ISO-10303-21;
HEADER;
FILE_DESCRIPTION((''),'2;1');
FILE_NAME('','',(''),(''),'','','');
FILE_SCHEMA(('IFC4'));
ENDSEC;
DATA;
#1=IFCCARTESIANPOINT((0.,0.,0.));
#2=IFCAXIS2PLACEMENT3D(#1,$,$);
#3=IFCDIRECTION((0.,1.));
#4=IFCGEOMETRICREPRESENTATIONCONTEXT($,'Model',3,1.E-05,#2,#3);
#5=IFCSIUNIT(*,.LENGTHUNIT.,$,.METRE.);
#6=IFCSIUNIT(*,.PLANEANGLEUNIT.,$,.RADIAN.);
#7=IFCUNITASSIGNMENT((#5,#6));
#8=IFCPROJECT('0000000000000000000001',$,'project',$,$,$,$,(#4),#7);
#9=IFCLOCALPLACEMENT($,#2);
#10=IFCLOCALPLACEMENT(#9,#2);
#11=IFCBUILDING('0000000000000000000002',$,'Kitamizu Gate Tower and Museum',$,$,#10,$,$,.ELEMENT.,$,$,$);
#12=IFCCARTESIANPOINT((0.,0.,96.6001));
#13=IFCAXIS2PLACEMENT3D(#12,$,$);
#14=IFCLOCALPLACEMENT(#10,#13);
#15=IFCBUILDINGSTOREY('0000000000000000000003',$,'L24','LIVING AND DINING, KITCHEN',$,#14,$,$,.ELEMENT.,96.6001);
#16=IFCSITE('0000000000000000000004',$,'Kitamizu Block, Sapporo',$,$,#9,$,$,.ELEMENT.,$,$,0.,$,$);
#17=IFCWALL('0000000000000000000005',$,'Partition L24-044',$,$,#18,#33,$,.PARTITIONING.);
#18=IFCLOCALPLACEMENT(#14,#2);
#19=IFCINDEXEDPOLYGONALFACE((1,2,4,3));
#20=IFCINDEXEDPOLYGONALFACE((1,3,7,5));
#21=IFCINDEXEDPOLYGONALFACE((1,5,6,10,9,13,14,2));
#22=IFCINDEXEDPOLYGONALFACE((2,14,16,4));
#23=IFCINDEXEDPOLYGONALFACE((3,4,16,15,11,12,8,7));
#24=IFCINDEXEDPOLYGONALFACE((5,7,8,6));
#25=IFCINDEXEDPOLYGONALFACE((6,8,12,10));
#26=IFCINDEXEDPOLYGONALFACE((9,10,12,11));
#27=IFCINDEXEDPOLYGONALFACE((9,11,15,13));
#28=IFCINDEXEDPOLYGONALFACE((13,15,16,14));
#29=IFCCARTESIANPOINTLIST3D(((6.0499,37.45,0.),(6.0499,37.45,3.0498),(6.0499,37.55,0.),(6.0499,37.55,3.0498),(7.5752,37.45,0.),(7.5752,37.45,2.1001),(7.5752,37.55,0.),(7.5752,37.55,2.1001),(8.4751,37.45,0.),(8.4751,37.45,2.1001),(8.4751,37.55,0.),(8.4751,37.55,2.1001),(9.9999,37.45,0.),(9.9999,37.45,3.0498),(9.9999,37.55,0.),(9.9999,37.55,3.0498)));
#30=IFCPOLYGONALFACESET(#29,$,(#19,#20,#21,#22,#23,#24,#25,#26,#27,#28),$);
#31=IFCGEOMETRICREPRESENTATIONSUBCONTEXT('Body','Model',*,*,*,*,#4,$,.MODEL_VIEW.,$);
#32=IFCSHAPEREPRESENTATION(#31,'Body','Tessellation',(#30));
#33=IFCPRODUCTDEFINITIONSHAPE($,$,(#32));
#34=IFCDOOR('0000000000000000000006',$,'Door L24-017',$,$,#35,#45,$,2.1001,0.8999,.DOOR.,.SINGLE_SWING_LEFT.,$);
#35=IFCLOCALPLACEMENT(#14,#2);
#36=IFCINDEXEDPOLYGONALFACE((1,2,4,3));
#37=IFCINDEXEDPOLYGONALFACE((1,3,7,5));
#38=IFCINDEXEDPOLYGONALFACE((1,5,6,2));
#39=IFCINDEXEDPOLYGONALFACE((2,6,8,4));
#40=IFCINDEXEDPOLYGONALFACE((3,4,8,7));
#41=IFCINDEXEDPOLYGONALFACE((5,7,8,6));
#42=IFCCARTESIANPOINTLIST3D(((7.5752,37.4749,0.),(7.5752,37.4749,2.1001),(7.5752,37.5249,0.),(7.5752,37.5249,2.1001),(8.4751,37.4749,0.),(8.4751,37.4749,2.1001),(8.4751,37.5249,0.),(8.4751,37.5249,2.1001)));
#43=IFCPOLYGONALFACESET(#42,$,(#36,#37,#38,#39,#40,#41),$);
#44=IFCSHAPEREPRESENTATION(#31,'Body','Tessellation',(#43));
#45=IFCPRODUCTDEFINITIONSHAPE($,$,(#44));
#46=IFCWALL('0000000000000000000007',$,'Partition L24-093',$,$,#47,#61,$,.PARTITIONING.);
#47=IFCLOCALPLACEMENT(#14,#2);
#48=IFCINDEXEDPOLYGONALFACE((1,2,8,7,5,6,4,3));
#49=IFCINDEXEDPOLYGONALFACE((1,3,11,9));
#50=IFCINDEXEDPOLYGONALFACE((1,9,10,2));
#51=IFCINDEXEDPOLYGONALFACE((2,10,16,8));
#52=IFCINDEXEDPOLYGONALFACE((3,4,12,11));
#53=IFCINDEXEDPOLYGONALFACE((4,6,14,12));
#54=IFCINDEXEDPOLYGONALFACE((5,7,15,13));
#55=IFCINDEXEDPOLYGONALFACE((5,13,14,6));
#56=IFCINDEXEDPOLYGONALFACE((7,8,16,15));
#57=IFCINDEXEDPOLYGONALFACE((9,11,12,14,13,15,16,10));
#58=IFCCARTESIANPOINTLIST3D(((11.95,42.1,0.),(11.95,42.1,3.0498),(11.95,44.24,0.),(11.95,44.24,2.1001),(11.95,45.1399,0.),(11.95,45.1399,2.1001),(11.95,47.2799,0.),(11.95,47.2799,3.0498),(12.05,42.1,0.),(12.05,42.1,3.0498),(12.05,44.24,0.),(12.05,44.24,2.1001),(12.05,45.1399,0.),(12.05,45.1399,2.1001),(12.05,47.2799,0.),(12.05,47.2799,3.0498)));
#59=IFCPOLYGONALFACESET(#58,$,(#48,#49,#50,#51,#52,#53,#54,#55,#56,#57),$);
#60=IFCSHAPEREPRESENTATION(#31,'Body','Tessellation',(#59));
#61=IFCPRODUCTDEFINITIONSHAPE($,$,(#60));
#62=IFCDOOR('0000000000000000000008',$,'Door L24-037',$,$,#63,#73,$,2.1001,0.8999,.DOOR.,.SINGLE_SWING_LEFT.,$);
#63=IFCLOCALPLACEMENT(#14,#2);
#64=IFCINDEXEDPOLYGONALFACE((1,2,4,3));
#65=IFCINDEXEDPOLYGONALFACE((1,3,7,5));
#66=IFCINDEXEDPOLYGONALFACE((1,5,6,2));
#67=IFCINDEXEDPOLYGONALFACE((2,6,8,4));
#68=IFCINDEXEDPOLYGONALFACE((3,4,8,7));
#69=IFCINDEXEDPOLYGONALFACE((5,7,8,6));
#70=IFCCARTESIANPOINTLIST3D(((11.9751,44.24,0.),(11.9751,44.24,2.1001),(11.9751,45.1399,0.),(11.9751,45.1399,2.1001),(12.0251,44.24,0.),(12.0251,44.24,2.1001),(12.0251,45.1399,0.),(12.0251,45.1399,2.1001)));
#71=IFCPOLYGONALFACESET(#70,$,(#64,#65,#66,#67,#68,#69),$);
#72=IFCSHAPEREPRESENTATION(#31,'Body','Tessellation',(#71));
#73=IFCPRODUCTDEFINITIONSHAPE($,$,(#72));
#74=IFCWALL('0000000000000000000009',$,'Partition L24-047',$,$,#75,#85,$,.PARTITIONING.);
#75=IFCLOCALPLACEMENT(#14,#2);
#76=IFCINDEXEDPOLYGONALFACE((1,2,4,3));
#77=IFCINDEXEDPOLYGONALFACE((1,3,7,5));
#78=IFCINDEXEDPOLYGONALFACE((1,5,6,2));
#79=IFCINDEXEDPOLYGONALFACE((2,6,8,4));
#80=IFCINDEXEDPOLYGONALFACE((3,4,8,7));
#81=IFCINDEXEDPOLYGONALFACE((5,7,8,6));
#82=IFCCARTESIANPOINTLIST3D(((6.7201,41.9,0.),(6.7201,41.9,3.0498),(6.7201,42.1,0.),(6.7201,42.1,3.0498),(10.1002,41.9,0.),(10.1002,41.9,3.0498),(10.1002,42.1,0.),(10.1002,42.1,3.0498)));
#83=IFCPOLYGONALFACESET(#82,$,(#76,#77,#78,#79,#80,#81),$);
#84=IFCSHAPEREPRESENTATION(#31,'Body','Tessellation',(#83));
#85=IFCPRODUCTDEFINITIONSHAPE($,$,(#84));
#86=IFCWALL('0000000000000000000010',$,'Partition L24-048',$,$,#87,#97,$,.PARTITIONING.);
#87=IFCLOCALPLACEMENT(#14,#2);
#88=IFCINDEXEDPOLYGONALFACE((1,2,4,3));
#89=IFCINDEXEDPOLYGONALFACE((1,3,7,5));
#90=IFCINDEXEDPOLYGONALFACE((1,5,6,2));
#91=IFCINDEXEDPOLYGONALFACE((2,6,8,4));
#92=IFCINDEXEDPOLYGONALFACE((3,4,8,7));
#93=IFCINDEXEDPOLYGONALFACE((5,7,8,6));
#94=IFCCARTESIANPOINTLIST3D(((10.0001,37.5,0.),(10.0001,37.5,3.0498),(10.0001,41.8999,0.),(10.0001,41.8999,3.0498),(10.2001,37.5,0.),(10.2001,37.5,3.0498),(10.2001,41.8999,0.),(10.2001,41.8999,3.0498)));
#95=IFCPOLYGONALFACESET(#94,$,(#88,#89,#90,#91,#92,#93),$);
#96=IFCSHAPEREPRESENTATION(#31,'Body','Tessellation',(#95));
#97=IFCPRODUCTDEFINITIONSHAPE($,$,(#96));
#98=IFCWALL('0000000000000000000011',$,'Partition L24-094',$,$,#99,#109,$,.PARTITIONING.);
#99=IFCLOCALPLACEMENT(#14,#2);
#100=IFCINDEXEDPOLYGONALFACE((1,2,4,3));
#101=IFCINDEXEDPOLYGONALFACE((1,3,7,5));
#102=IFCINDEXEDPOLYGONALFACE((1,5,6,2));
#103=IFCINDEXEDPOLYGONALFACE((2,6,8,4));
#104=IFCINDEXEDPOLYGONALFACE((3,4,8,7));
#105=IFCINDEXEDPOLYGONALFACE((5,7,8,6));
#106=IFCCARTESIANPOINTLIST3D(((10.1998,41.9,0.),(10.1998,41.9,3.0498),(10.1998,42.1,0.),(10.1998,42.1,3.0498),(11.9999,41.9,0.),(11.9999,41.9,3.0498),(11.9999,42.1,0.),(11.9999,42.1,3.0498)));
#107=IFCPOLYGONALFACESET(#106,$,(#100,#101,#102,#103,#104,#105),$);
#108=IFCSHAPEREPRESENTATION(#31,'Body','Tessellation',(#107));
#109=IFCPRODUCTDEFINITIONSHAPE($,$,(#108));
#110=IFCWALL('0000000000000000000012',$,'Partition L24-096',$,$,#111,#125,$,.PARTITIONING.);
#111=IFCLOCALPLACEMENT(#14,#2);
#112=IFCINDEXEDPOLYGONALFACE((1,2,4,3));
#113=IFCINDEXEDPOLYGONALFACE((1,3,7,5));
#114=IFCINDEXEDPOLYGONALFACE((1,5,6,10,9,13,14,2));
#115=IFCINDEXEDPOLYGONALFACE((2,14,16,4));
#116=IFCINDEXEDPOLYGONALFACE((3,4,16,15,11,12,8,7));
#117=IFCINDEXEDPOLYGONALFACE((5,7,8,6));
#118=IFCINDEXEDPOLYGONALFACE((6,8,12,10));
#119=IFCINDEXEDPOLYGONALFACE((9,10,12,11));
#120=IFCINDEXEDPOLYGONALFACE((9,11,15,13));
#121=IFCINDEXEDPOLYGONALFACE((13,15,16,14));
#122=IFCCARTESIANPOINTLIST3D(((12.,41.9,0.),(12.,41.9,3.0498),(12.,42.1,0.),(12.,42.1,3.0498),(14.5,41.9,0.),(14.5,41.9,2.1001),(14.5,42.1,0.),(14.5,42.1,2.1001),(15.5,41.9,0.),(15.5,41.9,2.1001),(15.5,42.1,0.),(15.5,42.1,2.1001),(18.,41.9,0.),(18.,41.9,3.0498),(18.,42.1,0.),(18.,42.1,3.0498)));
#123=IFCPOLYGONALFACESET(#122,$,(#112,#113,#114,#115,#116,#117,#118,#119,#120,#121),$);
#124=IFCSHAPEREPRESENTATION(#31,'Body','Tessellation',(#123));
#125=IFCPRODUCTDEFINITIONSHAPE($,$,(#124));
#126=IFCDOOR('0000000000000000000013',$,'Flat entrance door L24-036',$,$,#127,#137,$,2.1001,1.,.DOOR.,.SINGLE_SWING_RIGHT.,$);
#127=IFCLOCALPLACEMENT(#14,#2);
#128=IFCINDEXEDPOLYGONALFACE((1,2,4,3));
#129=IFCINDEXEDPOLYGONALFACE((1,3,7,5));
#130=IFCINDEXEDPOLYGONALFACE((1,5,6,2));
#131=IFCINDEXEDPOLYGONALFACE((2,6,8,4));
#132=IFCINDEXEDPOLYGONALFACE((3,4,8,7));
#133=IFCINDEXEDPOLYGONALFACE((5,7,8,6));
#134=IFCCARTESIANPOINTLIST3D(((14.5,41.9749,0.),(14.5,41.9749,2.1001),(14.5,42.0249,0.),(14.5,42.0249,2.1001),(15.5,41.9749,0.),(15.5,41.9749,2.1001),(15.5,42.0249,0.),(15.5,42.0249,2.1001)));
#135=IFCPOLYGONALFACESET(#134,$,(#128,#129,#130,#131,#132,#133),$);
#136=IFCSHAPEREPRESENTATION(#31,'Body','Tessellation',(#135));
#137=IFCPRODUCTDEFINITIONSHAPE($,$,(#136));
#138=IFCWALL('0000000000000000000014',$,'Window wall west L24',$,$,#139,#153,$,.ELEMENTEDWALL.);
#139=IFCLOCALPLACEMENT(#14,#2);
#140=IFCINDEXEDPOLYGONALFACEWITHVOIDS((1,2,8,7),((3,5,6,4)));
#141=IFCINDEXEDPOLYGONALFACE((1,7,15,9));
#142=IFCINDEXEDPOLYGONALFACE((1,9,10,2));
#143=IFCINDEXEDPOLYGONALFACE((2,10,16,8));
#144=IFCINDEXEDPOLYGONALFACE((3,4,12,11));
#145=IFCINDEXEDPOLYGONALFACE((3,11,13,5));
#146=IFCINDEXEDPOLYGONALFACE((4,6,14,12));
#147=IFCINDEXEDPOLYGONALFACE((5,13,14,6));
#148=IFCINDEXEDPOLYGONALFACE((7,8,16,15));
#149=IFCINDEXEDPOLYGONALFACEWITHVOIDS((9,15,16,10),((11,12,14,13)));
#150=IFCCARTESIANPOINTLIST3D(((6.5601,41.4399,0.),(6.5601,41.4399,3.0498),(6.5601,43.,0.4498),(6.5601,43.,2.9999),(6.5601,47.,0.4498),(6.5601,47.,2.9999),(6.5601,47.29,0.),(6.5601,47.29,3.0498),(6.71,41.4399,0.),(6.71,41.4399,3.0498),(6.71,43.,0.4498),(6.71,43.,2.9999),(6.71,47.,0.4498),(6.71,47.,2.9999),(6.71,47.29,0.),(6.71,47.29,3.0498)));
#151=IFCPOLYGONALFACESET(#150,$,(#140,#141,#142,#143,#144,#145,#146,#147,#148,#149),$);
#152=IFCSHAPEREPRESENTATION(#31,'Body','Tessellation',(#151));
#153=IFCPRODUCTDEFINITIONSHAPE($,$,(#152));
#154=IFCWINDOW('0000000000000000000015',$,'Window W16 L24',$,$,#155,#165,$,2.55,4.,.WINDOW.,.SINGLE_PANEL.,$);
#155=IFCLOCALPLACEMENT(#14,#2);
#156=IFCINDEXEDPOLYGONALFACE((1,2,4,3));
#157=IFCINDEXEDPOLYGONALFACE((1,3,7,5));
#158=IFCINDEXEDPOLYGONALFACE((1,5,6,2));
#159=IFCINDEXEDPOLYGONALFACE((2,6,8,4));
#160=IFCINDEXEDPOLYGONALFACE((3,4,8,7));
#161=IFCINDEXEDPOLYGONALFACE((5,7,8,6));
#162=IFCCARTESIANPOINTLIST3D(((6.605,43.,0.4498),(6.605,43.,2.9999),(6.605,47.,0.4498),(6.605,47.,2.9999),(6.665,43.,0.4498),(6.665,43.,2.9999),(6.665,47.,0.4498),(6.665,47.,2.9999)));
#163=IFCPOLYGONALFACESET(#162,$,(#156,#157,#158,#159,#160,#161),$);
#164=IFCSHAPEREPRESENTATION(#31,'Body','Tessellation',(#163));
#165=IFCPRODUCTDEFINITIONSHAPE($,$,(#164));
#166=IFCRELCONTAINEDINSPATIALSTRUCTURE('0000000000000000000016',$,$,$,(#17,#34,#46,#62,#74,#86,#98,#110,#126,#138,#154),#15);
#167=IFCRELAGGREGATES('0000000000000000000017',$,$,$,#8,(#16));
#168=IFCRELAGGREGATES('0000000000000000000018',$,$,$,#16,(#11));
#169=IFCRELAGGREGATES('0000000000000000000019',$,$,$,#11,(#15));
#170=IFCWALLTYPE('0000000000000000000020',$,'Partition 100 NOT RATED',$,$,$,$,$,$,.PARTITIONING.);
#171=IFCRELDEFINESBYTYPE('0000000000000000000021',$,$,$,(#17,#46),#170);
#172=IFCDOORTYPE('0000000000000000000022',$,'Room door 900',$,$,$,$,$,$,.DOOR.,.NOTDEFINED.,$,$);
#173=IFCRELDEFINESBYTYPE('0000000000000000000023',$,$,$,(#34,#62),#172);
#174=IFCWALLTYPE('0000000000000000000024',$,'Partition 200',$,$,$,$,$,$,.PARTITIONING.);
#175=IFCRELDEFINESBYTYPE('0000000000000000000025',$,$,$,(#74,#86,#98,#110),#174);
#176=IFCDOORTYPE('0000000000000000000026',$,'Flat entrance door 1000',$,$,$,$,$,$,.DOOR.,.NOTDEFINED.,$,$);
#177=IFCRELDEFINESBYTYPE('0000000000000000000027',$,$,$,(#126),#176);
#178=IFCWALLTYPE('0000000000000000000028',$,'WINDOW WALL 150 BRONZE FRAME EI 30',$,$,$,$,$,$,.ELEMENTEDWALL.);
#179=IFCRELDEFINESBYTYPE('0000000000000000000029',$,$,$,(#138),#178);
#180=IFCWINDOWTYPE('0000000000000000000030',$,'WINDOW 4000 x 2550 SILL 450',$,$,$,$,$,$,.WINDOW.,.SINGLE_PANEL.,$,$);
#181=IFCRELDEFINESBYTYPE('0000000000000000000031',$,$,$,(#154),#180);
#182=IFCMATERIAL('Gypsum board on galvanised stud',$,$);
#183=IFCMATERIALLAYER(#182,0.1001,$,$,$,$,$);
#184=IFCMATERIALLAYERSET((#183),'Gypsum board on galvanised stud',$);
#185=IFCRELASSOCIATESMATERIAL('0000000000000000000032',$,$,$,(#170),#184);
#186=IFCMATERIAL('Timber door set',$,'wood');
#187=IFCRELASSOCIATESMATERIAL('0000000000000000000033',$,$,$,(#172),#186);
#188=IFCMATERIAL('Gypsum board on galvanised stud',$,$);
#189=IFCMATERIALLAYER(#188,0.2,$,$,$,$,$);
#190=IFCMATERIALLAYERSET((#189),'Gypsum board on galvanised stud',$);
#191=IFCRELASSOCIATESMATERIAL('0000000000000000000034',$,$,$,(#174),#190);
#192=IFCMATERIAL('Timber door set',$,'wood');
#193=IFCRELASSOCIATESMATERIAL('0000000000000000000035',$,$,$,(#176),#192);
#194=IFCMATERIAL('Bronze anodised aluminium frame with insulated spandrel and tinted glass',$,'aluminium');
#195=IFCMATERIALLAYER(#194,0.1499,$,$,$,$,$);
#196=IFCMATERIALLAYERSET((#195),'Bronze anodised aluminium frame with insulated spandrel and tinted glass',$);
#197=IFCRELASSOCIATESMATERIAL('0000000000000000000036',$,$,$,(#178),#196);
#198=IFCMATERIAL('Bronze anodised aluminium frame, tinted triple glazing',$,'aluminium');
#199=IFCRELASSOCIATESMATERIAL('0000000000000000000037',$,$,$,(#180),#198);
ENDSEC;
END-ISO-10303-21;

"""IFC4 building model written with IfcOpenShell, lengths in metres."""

from ifc_helpers import new_model, si_unit, direction, frame, frame_2d, origin, place, context, subcontext, project, spatial, rectangle, extrude, material, layer, layer_set, type_object, element, fill, save


model = new_model("IFC4")

# Units and contexts
model_context = context("Model", 3, precision=1e-05, world=origin(), true_north=direction((0.0, 1.0)))
body_context = subcontext(model_context, "Body", "Model", "MODEL_VIEW")
ifc_project = project(units=[si_unit("LENGTHUNIT", "METRE"), si_unit("PLANEANGLEUNIT", "RADIAN")], contexts=[model_context])

# Site, building, storey
site_placement = place(None, origin())
site = spatial("IfcSite", under=ifc_project, at=site_placement, Name="Kitamizu Block, Sapporo", CompositionType="ELEMENT", RefElevation=0.0)
building_placement = place(site_placement, origin())
building = spatial("IfcBuilding", under=site, at=building_placement, Name="Kitamizu Gate Tower and Museum", CompositionType="ELEMENT")
storey_placement = place(building_placement, frame((0.0, 0.0, 96.6001)))
storey = spatial("IfcBuildingStorey", under=building, at=storey_placement, Name="L24", Description="LIVING AND DINING, KITCHEN", CompositionType="ELEMENT", Elevation=96.6001)

# Walls, openings, doors
ifc_material_1 = material(Name="Gypsum board on galvanised stud")
ifc_layer_1 = layer(ifc_material_1, 0.1001)
ifc_layer_set_1 = layer_set([ifc_layer_1], Name="Gypsum board on galvanised stud")
wall_type_1 = type_object("IfcWallType", Name="Partition 100 NOT RATED", PredefinedType="PARTITIONING", material=ifc_layer_set_1)
wall_1_placement = place(storey_placement, frame((10.0, 37.5, 0.0), z_axis=(0.0, 0.0, 1.0), x_axis=(-1.0, 0.0, 0.0)))
wall_1 = element("IfcWall", 1, at=wall_1_placement, inside=storey, type_object=wall_type_1, Name="Partition L24-044", PredefinedType="PARTITIONING", context=body_context, shape_type="SweptSolid", body=[
    extrude(rectangle(XDim=3.95, YDim=0.1001, at=frame_2d((1.9751, 0.0))), origin(), (0.0, 0.0, 1.0), 3.0498),
])
opening_1_placement = place(wall_1_placement, frame((1.5249, 0.0, 0.0)))
opening_1 = element("IfcOpeningElement", 2, at=opening_1_placement, cuts=wall_1, PredefinedType="OPENING", context=body_context, shape_type="SweptSolid", body=[
    extrude(rectangle(XDim=0.8999, YDim=2.1001, at=frame_2d((0.45, 1.05))), frame((0.0, 0.0601, 0.0), z_axis=(0.0, -1.0, 0.0), x_axis=(1.0, 0.0, 0.0)), (0.0, 0.0, 1.0), 0.1201),
])
ifc_material_2 = material(Name="Timber door set", Category="wood")
door_type_1 = type_object("IfcDoorType", Name="Room door 900", OperationType="NOTDEFINED", PredefinedType="DOOR", material=ifc_material_2)
door_1_placement = place(opening_1_placement, frame((0.8999, 0.0, 0.0), x_axis=(-1.0, 0.0, 0.0)))
door_1 = element("IfcDoor", 3, at=door_1_placement, inside=storey, type_object=door_type_1, Name="Door L24-017", OperationType="SINGLE_SWING_LEFT", OverallHeight=2.1001, OverallWidth=0.8999, PredefinedType="DOOR", context=body_context, shape_type="SweptSolid", body=[
    extrude(rectangle(XDim=0.8999, YDim=2.1001, at=frame_2d((0.45, 1.05))), frame((0.0, 0.0249, 0.0), z_axis=(0.0, -1.0, 0.0), x_axis=(1.0, 0.0, 0.0)), (0.0, 0.0, 1.0), 0.05),
])
fill(opening_1, door_1)
wall_2_placement = place(storey_placement, frame((12.0, 42.1001, 0.0), z_axis=(0.0, 0.0, 1.0), x_axis=(0.0, 1.0, 0.0)))
wall_2 = element("IfcWall", 4, at=wall_2_placement, inside=storey, type_object=wall_type_1, Name="Partition L24-093", PredefinedType="PARTITIONING", context=body_context, shape_type="SweptSolid", body=[
    extrude(rectangle(XDim=5.1799, YDim=0.1001, at=frame_2d((2.5898, 0.0))), origin(), (0.0, 0.0, 1.0), 3.0498),
])
opening_2_placement = place(wall_2_placement, frame((2.1399, 0.0, 0.0)))
opening_2 = element("IfcOpeningElement", 5, at=opening_2_placement, cuts=wall_2, PredefinedType="OPENING", context=body_context, shape_type="SweptSolid", body=[
    extrude(rectangle(XDim=0.8999, YDim=2.1001, at=frame_2d((0.45, 1.05))), frame((0.0, 0.0601, 0.0), z_axis=(0.0, -1.0, 0.0), x_axis=(1.0, 0.0, 0.0)), (0.0, 0.0, 1.0), 0.1201),
])
door_2_placement = place(opening_2_placement, origin())
door_2 = element("IfcDoor", 6, at=door_2_placement, inside=storey, type_object=door_type_1, Name="Door L24-037", OperationType="SINGLE_SWING_LEFT", OverallHeight=2.1001, OverallWidth=0.8999, PredefinedType="DOOR", context=body_context, shape_type="SweptSolid", body=[
    extrude(rectangle(XDim=0.8999, YDim=2.1001, at=frame_2d((0.45, 1.05))), frame((0.0, 0.0249, 0.0), z_axis=(0.0, -1.0, 0.0), x_axis=(1.0, 0.0, 0.0)), (0.0, 0.0, 1.0), 0.05),
])
fill(opening_2, door_2)

# Walls
ifc_material_3 = material(Name="Gypsum board on galvanised stud")
ifc_layer_2 = layer(ifc_material_3, 0.2)
ifc_layer_set_2 = layer_set([ifc_layer_2], Name="Gypsum board on galvanised stud")
wall_type_2 = type_object("IfcWallType", Name="Partition 200", PredefinedType="PARTITIONING", material=ifc_layer_set_2)
wall_3_placement = place(storey_placement, frame((10.1001, 42.0, 0.0), z_axis=(0.0, 0.0, 1.0), x_axis=(-1.0, 0.0, 0.0)))
element("IfcWall", 7, at=wall_3_placement, inside=storey, type_object=wall_type_2, Name="Partition L24-047", PredefinedType="PARTITIONING", context=body_context, shape_type="SweptSolid", body=[
    extrude(rectangle(XDim=3.3801, YDim=0.2, at=frame_2d((1.6899, 0.0))), origin(), (0.0, 0.0, 1.0), 3.0498),
])
wall_4_placement = place(storey_placement, frame((10.1001, 37.5, 0.0), z_axis=(0.0, 0.0, 1.0), x_axis=(0.0, 1.0, 0.0)))
element("IfcWall", 8, at=wall_4_placement, inside=storey, type_object=wall_type_2, Name="Partition L24-048", PredefinedType="PARTITIONING", context=body_context, shape_type="SweptSolid", body=[
    extrude(rectangle(XDim=4.3999, YDim=0.2, at=frame_2d((2.2, 0.0))), origin(), (0.0, 0.0, 1.0), 3.0498),
])
wall_5_placement = place(storey_placement, frame((10.2, 42.0, 0.0), z_axis=(0.0, 0.0, 1.0), x_axis=(1.0, 0.0, 0.0)))
element("IfcWall", 9, at=wall_5_placement, inside=storey, type_object=wall_type_2, Name="Partition L24-094", PredefinedType="PARTITIONING", context=body_context, shape_type="SweptSolid", body=[
    extrude(rectangle(XDim=1.8, YDim=0.2, at=frame_2d((0.8999, 0.0))), origin(), (0.0, 0.0, 1.0), 3.0498),
])

# Wall, opening, door
wall_6_placement = place(storey_placement, frame((12.0, 42.0, 0.0), z_axis=(0.0, 0.0, 1.0), x_axis=(1.0, 0.0, 0.0)))
wall_6 = element("IfcWall", 10, at=wall_6_placement, inside=storey, type_object=wall_type_2, Name="Partition L24-096", PredefinedType="PARTITIONING", context=body_context, shape_type="SweptSolid", body=[
    extrude(rectangle(XDim=6.0, YDim=0.2, at=frame_2d((3.0, 0.0))), origin(), (0.0, 0.0, 1.0), 3.0498),
])
opening_3_placement = place(wall_6_placement, frame((2.5, 0.0, 0.0)))
opening_3 = element("IfcOpeningElement", 11, at=opening_3_placement, cuts=wall_6, PredefinedType="OPENING", context=body_context, shape_type="SweptSolid", body=[
    extrude(rectangle(XDim=1.0, YDim=2.1001, at=frame_2d((0.5, 1.05))), frame((0.0, 0.1099, 0.0), z_axis=(0.0, -1.0, 0.0), x_axis=(1.0, 0.0, 0.0)), (0.0, 0.0, 1.0), 0.22),
])
ifc_material_4 = material(Name="Timber door set", Category="wood")
door_type_2 = type_object("IfcDoorType", Name="Flat entrance door 1000", OperationType="NOTDEFINED", PredefinedType="DOOR", material=ifc_material_4)
door_3_placement = place(opening_3_placement, origin())
door_3 = element("IfcDoor", 12, at=door_3_placement, inside=storey, type_object=door_type_2, Name="Flat entrance door L24-036", OperationType="SINGLE_SWING_RIGHT", OverallHeight=2.1001, OverallWidth=1.0, PredefinedType="DOOR", context=body_context, shape_type="SweptSolid", body=[
    extrude(rectangle(XDim=1.0, YDim=2.1001, at=frame_2d((0.5, 1.05))), frame((0.0, 0.0249, 0.0), z_axis=(0.0, -1.0, 0.0), x_axis=(1.0, 0.0, 0.0)), (0.0, 0.0, 1.0), 0.05),
])
fill(opening_3, door_3)

# Shared definitions
ifc_material_5 = material(Name="Bronze anodised aluminium frame with insulated spandrel and tinted glass", Category="aluminium")
ifc_layer_3 = layer(ifc_material_5, 0.1499)
ifc_layer_set_3 = layer_set([ifc_layer_3], Name="Bronze anodised aluminium frame with insulated spandrel and tinted glass")
wall_type_3 = type_object("IfcWallType", Name="WINDOW WALL 150 BRONZE FRAME EI 30", PredefinedType="ELEMENTEDWALL", material=ifc_layer_set_3)

# Wall, opening, window
wall_7_placement = place(storey_placement, frame((6.635, 41.4399, 0.0), z_axis=(0.0, 0.0, 1.0), x_axis=(0.0, 1.0, 0.0)))
wall_7 = element("IfcWall", 13, at=wall_7_placement, inside=storey, type_object=wall_type_3, Name="Window wall west L24", PredefinedType="ELEMENTEDWALL", context=body_context, shape_type="SweptSolid", body=[
    extrude(rectangle(XDim=5.8501, YDim=0.1499, at=frame_2d((2.925, 0.0))), origin(), (0.0, 0.0, 1.0), 3.0498),
])
opening_4_placement = place(wall_7_placement, frame((1.5601, 0.0, 0.45)))
opening_4 = element("IfcOpeningElement", 14, at=opening_4_placement, cuts=wall_7, PredefinedType="OPENING", context=body_context, shape_type="SweptSolid", body=[
    extrude(rectangle(XDim=4.0, YDim=2.55, at=frame_2d((2.0, 1.2749))), frame((0.0, 0.085, 0.0), z_axis=(0.0, -1.0, 0.0), x_axis=(1.0, 0.0, 0.0)), (0.0, 0.0, 1.0), 0.1699),
])
ifc_material_6 = material(Name="Bronze anodised aluminium frame, tinted triple glazing", Category="aluminium")
window_type_1 = type_object("IfcWindowType", Name="WINDOW 4000 x 2550 SILL 450", PartitioningType="SINGLE_PANEL", PredefinedType="WINDOW", material=ifc_material_6)
window_1_placement = place(opening_4_placement, origin())
window_1 = element("IfcWindow", 15, at=window_1_placement, inside=storey, type_object=window_type_1, Name="Window W16 L24", OverallHeight=2.55, OverallWidth=4.0, PartitioningType="SINGLE_PANEL", PredefinedType="WINDOW", context=body_context, shape_type="SweptSolid", body=[
    extrude(rectangle(XDim=4.0, YDim=2.55, at=frame_2d((2.0, 1.2749))), frame((0.0, 0.03, 0.0), z_axis=(0.0, -1.0, 0.0), x_axis=(1.0, 0.0, 0.0)), (0.0, 0.0, 1.0), 0.0601),
])
fill(opening_4, window_1)

save(model, "model.ifc")
